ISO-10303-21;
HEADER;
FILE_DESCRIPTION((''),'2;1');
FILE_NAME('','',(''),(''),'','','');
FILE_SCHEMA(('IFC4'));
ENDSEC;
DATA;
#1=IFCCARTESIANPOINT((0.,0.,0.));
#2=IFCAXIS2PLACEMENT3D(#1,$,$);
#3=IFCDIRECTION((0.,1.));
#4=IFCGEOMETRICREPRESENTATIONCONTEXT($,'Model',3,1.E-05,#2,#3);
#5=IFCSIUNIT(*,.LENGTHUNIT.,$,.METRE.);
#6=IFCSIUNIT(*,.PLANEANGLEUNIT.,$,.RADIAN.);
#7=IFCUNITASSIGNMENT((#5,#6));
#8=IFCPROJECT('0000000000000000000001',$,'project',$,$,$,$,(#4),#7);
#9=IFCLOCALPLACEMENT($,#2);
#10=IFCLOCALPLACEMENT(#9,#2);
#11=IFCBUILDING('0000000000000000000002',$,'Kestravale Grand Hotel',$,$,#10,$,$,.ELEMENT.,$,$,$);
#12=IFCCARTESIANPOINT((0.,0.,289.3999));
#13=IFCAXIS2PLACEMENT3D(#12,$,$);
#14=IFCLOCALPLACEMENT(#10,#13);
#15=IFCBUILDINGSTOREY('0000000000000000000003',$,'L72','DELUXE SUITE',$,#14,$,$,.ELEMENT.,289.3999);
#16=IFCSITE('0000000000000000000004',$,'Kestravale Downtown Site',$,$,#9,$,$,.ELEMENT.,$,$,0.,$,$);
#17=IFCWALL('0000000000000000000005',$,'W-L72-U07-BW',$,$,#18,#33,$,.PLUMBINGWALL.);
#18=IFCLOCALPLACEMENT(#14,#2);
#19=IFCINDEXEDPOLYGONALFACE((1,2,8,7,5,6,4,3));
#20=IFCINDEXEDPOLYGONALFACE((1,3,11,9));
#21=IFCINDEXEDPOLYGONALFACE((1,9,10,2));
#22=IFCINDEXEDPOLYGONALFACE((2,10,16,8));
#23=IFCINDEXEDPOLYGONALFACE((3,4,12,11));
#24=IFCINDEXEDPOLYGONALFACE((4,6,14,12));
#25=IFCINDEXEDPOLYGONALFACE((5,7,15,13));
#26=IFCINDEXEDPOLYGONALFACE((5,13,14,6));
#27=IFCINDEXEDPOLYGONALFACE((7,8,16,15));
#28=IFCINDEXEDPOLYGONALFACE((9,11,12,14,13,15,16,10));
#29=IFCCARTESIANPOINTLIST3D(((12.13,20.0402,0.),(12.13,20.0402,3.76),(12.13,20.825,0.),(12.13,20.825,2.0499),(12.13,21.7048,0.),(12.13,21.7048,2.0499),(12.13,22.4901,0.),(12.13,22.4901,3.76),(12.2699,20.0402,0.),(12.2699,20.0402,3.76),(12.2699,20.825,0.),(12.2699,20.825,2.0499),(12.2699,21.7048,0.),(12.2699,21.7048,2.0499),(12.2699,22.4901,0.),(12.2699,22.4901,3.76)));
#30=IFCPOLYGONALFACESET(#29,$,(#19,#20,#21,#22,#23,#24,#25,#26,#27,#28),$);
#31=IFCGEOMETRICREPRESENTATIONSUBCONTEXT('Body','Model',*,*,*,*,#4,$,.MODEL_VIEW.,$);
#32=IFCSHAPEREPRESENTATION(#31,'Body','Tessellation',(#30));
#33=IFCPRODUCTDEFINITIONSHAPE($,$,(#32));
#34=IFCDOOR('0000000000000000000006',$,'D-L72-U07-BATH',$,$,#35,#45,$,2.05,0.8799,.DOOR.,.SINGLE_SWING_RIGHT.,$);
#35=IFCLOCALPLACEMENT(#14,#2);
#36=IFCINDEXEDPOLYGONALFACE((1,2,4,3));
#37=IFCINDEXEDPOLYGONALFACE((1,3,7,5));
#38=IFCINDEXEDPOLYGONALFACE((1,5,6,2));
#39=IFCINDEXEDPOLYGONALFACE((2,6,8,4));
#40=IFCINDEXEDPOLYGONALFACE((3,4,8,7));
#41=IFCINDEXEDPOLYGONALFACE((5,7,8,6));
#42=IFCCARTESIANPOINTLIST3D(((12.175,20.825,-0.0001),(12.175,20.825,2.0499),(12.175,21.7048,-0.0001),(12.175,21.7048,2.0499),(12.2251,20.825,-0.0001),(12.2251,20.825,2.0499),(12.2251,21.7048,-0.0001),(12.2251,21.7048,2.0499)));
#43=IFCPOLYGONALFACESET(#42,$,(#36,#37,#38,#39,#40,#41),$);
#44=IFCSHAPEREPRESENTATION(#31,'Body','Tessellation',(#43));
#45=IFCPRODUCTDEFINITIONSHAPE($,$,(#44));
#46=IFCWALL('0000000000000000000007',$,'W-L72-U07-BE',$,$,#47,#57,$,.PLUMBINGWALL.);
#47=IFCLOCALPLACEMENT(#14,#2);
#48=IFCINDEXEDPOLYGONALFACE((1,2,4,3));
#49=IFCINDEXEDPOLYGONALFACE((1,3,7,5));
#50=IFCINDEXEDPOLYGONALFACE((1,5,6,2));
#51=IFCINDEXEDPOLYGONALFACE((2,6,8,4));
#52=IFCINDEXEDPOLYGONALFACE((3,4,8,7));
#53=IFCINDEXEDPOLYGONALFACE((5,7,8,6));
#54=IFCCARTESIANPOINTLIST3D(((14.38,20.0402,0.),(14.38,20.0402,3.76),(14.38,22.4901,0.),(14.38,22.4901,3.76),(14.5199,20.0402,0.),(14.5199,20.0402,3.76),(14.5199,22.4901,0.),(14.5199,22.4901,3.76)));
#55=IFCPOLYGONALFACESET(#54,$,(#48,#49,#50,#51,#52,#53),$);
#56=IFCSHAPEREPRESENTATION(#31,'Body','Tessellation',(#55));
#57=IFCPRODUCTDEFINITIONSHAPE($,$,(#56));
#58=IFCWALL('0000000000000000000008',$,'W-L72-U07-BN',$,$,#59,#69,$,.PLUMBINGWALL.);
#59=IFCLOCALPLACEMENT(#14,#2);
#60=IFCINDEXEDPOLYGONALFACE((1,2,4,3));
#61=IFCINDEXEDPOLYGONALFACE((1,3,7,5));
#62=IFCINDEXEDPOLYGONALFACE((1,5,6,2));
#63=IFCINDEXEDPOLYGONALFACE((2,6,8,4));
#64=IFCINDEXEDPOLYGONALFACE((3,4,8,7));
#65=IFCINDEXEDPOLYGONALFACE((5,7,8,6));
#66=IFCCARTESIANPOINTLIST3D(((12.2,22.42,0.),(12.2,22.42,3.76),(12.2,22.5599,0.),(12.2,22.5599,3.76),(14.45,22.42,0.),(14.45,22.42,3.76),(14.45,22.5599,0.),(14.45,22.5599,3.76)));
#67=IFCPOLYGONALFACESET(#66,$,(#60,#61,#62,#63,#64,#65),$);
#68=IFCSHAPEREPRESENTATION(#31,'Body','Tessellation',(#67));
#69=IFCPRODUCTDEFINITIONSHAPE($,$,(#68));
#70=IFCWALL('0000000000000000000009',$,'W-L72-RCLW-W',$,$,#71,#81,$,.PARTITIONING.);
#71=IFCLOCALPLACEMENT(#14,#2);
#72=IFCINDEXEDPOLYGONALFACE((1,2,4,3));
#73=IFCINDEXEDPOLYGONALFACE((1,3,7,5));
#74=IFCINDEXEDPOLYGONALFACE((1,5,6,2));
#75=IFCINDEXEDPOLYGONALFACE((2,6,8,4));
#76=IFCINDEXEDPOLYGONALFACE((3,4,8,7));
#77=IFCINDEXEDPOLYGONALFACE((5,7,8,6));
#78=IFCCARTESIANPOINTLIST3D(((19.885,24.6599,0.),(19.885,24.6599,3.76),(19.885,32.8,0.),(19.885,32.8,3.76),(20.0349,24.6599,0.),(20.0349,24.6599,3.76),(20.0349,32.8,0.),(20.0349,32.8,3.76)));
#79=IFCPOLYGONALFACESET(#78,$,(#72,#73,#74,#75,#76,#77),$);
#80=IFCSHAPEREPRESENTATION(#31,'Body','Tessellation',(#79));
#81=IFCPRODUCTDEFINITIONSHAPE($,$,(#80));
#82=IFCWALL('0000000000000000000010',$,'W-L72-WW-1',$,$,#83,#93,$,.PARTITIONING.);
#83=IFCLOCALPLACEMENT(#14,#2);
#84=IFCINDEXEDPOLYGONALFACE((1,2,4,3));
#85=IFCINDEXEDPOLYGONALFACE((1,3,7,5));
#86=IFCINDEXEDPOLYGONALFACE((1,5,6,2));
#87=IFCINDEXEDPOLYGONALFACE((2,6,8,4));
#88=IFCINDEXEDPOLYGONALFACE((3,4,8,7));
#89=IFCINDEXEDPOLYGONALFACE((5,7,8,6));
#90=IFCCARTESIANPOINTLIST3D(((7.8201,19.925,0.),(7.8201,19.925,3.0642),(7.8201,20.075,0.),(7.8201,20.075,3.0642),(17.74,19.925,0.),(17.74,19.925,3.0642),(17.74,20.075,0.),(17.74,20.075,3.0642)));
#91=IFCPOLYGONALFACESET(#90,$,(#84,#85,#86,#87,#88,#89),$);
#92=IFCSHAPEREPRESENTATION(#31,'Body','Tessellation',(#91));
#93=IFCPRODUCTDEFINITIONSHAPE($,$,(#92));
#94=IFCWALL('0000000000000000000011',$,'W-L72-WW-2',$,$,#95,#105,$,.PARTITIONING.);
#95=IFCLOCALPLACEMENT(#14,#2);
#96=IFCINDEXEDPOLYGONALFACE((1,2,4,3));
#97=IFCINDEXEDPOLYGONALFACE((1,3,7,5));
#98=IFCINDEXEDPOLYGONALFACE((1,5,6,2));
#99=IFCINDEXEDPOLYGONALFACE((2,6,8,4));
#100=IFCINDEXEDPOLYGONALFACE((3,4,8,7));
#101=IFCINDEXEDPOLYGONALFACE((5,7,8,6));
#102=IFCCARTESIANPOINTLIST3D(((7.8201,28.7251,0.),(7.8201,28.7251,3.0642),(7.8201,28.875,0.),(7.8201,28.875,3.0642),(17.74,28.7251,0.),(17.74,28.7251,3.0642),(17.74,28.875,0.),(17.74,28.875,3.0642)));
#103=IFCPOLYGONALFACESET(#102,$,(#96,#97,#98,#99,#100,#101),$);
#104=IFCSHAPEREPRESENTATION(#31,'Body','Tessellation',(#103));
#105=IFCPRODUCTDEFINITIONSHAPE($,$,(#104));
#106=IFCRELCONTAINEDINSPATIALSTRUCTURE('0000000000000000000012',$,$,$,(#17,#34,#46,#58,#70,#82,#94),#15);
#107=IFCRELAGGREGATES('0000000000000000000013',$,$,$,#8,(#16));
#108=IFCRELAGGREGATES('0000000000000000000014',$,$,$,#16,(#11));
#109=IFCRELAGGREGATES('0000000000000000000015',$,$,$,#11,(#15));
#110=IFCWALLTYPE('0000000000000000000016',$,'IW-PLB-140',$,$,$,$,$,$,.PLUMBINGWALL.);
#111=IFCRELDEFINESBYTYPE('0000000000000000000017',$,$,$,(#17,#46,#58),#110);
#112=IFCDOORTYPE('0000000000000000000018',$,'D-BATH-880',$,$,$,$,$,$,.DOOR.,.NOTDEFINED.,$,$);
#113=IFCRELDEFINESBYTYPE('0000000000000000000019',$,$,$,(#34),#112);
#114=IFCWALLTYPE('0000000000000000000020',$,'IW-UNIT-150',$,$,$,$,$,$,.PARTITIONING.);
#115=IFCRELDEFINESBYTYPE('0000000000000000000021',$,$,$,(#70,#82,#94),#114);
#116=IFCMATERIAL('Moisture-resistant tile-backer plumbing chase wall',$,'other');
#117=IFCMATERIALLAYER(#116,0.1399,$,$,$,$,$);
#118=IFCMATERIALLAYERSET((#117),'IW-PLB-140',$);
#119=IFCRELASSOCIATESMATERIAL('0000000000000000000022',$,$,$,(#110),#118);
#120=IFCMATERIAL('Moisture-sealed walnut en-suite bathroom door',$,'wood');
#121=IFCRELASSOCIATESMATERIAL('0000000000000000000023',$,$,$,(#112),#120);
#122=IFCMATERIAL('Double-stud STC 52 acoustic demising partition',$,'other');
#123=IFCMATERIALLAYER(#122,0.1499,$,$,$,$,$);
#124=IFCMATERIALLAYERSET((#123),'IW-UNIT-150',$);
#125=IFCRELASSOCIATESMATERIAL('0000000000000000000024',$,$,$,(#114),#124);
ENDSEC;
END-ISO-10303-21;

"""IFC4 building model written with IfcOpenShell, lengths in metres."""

from ifc_helpers import new_model, si_unit, direction, frame, frame_2d, origin, place, context, subcontext, project, spatial, rectangle, extrude, material, layer, layer_set, type_object, element, fill, save


model = new_model("IFC4")

# Units and contexts
model_context = context("Model", 3, precision=1e-05, world=origin(), true_north=direction((0.0, 1.0)))
body_context = subcontext(model_context, "Body", "Model", "MODEL_VIEW")
ifc_project = project(units=[si_unit("LENGTHUNIT", "METRE"), si_unit("PLANEANGLEUNIT", "RADIAN")], contexts=[model_context])

# Site, building, storey
site_placement = place(None, origin())
site = spatial("IfcSite", under=ifc_project, at=site_placement, Name="Kestravale Downtown Site", CompositionType="ELEMENT", RefElevation=0.0)
building_placement = place(site_placement, origin())
building = spatial("IfcBuilding", under=site, at=building_placement, Name="Kestravale Grand Hotel", CompositionType="ELEMENT")
storey_placement = place(building_placement, frame((0.0, 0.0, 289.3999)))
storey = spatial("IfcBuildingStorey", under=building, at=storey_placement, Name="L72", Description="DELUXE SUITE", CompositionType="ELEMENT", Elevation=289.3999)

# Wall, opening, door
ifc_material_1 = material(Name="Moisture-resistant tile-backer plumbing chase wall", Category="other")
ifc_layer_1 = layer(ifc_material_1, 0.1399)
ifc_layer_set_1 = layer_set([ifc_layer_1], Name="IW-PLB-140")
wall_type_1 = type_object("IfcWallType", Name="IW-PLB-140", PredefinedType="PLUMBINGWALL", material=ifc_layer_set_1)
wall_1_placement = place(storey_placement, frame((12.2, 20.04, 0.0), z_axis=(0.0, 0.0, 1.0), x_axis=(0.0, 1.0, 0.0)))
wall_1 = element("IfcWall", 1, at=wall_1_placement, inside=storey, type_object=wall_type_1, Name="W-L72-U07-BW", PredefinedType="PLUMBINGWALL", context=body_context, shape_type="SweptSolid", body=[
    extrude(rectangle(XDim=2.45, YDim=0.1399, at=frame_2d((1.2251, 0.0))), origin(), (0.0, 0.0, 1.0), 3.76),
])
opening_1_placement = place(wall_1_placement, frame((0.7849, 0.0, 0.0)))
opening_1 = element("IfcOpeningElement", 2, at=opening_1_placement, cuts=wall_1, PredefinedType="OPENING", context=body_context, shape_type="SweptSolid", body=[
    extrude(rectangle(XDim=0.8799, YDim=2.05, at=frame_2d((0.4399, 1.0249))), frame((0.0, 0.0798, 0.0), z_axis=(0.0, -1.0, 0.0), x_axis=(1.0, 0.0, 0.0)), (0.0, 0.0, 1.0), 0.1599),
])
ifc_material_2 = material(Name="Moisture-sealed walnut en-suite bathroom door", Category="wood")
door_type_1 = type_object("IfcDoorType", Name="D-BATH-880", OperationType="NOTDEFINED", PredefinedType="DOOR", material=ifc_material_2)
door_1_placement = place(opening_1_placement, origin())
door_1 = element("IfcDoor", 3, at=door_1_placement, inside=storey, type_object=door_type_1, Name="D-L72-U07-BATH", OperationType="SINGLE_SWING_RIGHT", OverallHeight=2.05, OverallWidth=0.8799, PredefinedType="DOOR", context=body_context, shape_type="SweptSolid", body=[
    extrude(rectangle(XDim=0.8799, YDim=2.05, at=frame_2d((0.4399, 1.0249))), frame((0.0, 0.0249, 0.0), z_axis=(0.0, -1.0, 0.0), x_axis=(1.0, 0.0, 0.0)), (0.0, 0.0, 1.0), 0.05),
])
fill(opening_1, door_1)

# Walls
wall_2_placement = place(storey_placement, frame((14.45, 20.04, 0.0), z_axis=(0.0, 0.0, 1.0), x_axis=(0.0, 1.0, 0.0)))
element("IfcWall", 4, at=wall_2_placement, inside=storey, type_object=wall_type_1, Name="W-L72-U07-BE", PredefinedType="PLUMBINGWALL", context=body_context, shape_type="SweptSolid", body=[
    extrude(rectangle(XDim=2.45, YDim=0.1399, at=frame_2d((1.2251, 0.0))), origin(), (0.0, 0.0, 1.0), 3.76),
])
wall_3_placement = place(storey_placement, frame((12.2, 22.49, 0.0), z_axis=(0.0, 0.0, 1.0), x_axis=(1.0, 0.0, 0.0)))
element("IfcWall", 5, at=wall_3_placement, inside=storey, type_object=wall_type_1, Name="W-L72-U07-BN", PredefinedType="PLUMBINGWALL", context=body_context, shape_type="SweptSolid", body=[
    extrude(rectangle(XDim=2.25, YDim=0.1399, at=frame_2d((1.125, 0.0))), origin(), (0.0, 0.0, 1.0), 3.76),
])
ifc_material_3 = material(Name="Double-stud STC 52 acoustic demising partition", Category="other")
ifc_layer_2 = layer(ifc_material_3, 0.1499)
ifc_layer_set_2 = layer_set([ifc_layer_2], Name="IW-UNIT-150")
wall_type_2 = type_object("IfcWallType", Name="IW-UNIT-150", PredefinedType="PARTITIONING", material=ifc_layer_set_2)
wall_4_placement = place(storey_placement, frame((19.96, 24.6599, 0.0), z_axis=(0.0, 0.0, 1.0), x_axis=(0.0, 1.0, 0.0)))
element("IfcWall", 6, at=wall_4_placement, inside=storey, type_object=wall_type_2, Name="W-L72-RCLW-W", PredefinedType="PARTITIONING", context=body_context, shape_type="SweptSolid", body=[
    extrude(rectangle(XDim=8.1401, YDim=0.1499, at=frame_2d((4.0701, 0.0))), origin(), (0.0, 0.0, 1.0), 3.76),
])
for number, where, z_axis, x_axis, name in (
    (7, (7.8201, 20.0, 0.0), (0.0, 0.0, 1.0), (1.0, 0.0, 0.0), "W-L72-WW-1"),
    (8, (7.8201, 28.8, 0.0), (0.0, 0.0, 1.0), (1.0, 0.0, 0.0), "W-L72-WW-2"),
):
    element("IfcWall", number, at=place(storey_placement, frame(where, z_axis=z_axis, x_axis=x_axis)), inside=storey, type_object=wall_type_2, Name=name, PredefinedType="PARTITIONING", context=body_context, shape_type="SweptSolid", body=[
        extrude(rectangle(XDim=9.9199, YDim=0.1499, at=frame_2d((4.96, 0.0))), origin(), (0.0, 0.0, 1.0), 3.0642),
    ])

save(model, "model.ifc")
